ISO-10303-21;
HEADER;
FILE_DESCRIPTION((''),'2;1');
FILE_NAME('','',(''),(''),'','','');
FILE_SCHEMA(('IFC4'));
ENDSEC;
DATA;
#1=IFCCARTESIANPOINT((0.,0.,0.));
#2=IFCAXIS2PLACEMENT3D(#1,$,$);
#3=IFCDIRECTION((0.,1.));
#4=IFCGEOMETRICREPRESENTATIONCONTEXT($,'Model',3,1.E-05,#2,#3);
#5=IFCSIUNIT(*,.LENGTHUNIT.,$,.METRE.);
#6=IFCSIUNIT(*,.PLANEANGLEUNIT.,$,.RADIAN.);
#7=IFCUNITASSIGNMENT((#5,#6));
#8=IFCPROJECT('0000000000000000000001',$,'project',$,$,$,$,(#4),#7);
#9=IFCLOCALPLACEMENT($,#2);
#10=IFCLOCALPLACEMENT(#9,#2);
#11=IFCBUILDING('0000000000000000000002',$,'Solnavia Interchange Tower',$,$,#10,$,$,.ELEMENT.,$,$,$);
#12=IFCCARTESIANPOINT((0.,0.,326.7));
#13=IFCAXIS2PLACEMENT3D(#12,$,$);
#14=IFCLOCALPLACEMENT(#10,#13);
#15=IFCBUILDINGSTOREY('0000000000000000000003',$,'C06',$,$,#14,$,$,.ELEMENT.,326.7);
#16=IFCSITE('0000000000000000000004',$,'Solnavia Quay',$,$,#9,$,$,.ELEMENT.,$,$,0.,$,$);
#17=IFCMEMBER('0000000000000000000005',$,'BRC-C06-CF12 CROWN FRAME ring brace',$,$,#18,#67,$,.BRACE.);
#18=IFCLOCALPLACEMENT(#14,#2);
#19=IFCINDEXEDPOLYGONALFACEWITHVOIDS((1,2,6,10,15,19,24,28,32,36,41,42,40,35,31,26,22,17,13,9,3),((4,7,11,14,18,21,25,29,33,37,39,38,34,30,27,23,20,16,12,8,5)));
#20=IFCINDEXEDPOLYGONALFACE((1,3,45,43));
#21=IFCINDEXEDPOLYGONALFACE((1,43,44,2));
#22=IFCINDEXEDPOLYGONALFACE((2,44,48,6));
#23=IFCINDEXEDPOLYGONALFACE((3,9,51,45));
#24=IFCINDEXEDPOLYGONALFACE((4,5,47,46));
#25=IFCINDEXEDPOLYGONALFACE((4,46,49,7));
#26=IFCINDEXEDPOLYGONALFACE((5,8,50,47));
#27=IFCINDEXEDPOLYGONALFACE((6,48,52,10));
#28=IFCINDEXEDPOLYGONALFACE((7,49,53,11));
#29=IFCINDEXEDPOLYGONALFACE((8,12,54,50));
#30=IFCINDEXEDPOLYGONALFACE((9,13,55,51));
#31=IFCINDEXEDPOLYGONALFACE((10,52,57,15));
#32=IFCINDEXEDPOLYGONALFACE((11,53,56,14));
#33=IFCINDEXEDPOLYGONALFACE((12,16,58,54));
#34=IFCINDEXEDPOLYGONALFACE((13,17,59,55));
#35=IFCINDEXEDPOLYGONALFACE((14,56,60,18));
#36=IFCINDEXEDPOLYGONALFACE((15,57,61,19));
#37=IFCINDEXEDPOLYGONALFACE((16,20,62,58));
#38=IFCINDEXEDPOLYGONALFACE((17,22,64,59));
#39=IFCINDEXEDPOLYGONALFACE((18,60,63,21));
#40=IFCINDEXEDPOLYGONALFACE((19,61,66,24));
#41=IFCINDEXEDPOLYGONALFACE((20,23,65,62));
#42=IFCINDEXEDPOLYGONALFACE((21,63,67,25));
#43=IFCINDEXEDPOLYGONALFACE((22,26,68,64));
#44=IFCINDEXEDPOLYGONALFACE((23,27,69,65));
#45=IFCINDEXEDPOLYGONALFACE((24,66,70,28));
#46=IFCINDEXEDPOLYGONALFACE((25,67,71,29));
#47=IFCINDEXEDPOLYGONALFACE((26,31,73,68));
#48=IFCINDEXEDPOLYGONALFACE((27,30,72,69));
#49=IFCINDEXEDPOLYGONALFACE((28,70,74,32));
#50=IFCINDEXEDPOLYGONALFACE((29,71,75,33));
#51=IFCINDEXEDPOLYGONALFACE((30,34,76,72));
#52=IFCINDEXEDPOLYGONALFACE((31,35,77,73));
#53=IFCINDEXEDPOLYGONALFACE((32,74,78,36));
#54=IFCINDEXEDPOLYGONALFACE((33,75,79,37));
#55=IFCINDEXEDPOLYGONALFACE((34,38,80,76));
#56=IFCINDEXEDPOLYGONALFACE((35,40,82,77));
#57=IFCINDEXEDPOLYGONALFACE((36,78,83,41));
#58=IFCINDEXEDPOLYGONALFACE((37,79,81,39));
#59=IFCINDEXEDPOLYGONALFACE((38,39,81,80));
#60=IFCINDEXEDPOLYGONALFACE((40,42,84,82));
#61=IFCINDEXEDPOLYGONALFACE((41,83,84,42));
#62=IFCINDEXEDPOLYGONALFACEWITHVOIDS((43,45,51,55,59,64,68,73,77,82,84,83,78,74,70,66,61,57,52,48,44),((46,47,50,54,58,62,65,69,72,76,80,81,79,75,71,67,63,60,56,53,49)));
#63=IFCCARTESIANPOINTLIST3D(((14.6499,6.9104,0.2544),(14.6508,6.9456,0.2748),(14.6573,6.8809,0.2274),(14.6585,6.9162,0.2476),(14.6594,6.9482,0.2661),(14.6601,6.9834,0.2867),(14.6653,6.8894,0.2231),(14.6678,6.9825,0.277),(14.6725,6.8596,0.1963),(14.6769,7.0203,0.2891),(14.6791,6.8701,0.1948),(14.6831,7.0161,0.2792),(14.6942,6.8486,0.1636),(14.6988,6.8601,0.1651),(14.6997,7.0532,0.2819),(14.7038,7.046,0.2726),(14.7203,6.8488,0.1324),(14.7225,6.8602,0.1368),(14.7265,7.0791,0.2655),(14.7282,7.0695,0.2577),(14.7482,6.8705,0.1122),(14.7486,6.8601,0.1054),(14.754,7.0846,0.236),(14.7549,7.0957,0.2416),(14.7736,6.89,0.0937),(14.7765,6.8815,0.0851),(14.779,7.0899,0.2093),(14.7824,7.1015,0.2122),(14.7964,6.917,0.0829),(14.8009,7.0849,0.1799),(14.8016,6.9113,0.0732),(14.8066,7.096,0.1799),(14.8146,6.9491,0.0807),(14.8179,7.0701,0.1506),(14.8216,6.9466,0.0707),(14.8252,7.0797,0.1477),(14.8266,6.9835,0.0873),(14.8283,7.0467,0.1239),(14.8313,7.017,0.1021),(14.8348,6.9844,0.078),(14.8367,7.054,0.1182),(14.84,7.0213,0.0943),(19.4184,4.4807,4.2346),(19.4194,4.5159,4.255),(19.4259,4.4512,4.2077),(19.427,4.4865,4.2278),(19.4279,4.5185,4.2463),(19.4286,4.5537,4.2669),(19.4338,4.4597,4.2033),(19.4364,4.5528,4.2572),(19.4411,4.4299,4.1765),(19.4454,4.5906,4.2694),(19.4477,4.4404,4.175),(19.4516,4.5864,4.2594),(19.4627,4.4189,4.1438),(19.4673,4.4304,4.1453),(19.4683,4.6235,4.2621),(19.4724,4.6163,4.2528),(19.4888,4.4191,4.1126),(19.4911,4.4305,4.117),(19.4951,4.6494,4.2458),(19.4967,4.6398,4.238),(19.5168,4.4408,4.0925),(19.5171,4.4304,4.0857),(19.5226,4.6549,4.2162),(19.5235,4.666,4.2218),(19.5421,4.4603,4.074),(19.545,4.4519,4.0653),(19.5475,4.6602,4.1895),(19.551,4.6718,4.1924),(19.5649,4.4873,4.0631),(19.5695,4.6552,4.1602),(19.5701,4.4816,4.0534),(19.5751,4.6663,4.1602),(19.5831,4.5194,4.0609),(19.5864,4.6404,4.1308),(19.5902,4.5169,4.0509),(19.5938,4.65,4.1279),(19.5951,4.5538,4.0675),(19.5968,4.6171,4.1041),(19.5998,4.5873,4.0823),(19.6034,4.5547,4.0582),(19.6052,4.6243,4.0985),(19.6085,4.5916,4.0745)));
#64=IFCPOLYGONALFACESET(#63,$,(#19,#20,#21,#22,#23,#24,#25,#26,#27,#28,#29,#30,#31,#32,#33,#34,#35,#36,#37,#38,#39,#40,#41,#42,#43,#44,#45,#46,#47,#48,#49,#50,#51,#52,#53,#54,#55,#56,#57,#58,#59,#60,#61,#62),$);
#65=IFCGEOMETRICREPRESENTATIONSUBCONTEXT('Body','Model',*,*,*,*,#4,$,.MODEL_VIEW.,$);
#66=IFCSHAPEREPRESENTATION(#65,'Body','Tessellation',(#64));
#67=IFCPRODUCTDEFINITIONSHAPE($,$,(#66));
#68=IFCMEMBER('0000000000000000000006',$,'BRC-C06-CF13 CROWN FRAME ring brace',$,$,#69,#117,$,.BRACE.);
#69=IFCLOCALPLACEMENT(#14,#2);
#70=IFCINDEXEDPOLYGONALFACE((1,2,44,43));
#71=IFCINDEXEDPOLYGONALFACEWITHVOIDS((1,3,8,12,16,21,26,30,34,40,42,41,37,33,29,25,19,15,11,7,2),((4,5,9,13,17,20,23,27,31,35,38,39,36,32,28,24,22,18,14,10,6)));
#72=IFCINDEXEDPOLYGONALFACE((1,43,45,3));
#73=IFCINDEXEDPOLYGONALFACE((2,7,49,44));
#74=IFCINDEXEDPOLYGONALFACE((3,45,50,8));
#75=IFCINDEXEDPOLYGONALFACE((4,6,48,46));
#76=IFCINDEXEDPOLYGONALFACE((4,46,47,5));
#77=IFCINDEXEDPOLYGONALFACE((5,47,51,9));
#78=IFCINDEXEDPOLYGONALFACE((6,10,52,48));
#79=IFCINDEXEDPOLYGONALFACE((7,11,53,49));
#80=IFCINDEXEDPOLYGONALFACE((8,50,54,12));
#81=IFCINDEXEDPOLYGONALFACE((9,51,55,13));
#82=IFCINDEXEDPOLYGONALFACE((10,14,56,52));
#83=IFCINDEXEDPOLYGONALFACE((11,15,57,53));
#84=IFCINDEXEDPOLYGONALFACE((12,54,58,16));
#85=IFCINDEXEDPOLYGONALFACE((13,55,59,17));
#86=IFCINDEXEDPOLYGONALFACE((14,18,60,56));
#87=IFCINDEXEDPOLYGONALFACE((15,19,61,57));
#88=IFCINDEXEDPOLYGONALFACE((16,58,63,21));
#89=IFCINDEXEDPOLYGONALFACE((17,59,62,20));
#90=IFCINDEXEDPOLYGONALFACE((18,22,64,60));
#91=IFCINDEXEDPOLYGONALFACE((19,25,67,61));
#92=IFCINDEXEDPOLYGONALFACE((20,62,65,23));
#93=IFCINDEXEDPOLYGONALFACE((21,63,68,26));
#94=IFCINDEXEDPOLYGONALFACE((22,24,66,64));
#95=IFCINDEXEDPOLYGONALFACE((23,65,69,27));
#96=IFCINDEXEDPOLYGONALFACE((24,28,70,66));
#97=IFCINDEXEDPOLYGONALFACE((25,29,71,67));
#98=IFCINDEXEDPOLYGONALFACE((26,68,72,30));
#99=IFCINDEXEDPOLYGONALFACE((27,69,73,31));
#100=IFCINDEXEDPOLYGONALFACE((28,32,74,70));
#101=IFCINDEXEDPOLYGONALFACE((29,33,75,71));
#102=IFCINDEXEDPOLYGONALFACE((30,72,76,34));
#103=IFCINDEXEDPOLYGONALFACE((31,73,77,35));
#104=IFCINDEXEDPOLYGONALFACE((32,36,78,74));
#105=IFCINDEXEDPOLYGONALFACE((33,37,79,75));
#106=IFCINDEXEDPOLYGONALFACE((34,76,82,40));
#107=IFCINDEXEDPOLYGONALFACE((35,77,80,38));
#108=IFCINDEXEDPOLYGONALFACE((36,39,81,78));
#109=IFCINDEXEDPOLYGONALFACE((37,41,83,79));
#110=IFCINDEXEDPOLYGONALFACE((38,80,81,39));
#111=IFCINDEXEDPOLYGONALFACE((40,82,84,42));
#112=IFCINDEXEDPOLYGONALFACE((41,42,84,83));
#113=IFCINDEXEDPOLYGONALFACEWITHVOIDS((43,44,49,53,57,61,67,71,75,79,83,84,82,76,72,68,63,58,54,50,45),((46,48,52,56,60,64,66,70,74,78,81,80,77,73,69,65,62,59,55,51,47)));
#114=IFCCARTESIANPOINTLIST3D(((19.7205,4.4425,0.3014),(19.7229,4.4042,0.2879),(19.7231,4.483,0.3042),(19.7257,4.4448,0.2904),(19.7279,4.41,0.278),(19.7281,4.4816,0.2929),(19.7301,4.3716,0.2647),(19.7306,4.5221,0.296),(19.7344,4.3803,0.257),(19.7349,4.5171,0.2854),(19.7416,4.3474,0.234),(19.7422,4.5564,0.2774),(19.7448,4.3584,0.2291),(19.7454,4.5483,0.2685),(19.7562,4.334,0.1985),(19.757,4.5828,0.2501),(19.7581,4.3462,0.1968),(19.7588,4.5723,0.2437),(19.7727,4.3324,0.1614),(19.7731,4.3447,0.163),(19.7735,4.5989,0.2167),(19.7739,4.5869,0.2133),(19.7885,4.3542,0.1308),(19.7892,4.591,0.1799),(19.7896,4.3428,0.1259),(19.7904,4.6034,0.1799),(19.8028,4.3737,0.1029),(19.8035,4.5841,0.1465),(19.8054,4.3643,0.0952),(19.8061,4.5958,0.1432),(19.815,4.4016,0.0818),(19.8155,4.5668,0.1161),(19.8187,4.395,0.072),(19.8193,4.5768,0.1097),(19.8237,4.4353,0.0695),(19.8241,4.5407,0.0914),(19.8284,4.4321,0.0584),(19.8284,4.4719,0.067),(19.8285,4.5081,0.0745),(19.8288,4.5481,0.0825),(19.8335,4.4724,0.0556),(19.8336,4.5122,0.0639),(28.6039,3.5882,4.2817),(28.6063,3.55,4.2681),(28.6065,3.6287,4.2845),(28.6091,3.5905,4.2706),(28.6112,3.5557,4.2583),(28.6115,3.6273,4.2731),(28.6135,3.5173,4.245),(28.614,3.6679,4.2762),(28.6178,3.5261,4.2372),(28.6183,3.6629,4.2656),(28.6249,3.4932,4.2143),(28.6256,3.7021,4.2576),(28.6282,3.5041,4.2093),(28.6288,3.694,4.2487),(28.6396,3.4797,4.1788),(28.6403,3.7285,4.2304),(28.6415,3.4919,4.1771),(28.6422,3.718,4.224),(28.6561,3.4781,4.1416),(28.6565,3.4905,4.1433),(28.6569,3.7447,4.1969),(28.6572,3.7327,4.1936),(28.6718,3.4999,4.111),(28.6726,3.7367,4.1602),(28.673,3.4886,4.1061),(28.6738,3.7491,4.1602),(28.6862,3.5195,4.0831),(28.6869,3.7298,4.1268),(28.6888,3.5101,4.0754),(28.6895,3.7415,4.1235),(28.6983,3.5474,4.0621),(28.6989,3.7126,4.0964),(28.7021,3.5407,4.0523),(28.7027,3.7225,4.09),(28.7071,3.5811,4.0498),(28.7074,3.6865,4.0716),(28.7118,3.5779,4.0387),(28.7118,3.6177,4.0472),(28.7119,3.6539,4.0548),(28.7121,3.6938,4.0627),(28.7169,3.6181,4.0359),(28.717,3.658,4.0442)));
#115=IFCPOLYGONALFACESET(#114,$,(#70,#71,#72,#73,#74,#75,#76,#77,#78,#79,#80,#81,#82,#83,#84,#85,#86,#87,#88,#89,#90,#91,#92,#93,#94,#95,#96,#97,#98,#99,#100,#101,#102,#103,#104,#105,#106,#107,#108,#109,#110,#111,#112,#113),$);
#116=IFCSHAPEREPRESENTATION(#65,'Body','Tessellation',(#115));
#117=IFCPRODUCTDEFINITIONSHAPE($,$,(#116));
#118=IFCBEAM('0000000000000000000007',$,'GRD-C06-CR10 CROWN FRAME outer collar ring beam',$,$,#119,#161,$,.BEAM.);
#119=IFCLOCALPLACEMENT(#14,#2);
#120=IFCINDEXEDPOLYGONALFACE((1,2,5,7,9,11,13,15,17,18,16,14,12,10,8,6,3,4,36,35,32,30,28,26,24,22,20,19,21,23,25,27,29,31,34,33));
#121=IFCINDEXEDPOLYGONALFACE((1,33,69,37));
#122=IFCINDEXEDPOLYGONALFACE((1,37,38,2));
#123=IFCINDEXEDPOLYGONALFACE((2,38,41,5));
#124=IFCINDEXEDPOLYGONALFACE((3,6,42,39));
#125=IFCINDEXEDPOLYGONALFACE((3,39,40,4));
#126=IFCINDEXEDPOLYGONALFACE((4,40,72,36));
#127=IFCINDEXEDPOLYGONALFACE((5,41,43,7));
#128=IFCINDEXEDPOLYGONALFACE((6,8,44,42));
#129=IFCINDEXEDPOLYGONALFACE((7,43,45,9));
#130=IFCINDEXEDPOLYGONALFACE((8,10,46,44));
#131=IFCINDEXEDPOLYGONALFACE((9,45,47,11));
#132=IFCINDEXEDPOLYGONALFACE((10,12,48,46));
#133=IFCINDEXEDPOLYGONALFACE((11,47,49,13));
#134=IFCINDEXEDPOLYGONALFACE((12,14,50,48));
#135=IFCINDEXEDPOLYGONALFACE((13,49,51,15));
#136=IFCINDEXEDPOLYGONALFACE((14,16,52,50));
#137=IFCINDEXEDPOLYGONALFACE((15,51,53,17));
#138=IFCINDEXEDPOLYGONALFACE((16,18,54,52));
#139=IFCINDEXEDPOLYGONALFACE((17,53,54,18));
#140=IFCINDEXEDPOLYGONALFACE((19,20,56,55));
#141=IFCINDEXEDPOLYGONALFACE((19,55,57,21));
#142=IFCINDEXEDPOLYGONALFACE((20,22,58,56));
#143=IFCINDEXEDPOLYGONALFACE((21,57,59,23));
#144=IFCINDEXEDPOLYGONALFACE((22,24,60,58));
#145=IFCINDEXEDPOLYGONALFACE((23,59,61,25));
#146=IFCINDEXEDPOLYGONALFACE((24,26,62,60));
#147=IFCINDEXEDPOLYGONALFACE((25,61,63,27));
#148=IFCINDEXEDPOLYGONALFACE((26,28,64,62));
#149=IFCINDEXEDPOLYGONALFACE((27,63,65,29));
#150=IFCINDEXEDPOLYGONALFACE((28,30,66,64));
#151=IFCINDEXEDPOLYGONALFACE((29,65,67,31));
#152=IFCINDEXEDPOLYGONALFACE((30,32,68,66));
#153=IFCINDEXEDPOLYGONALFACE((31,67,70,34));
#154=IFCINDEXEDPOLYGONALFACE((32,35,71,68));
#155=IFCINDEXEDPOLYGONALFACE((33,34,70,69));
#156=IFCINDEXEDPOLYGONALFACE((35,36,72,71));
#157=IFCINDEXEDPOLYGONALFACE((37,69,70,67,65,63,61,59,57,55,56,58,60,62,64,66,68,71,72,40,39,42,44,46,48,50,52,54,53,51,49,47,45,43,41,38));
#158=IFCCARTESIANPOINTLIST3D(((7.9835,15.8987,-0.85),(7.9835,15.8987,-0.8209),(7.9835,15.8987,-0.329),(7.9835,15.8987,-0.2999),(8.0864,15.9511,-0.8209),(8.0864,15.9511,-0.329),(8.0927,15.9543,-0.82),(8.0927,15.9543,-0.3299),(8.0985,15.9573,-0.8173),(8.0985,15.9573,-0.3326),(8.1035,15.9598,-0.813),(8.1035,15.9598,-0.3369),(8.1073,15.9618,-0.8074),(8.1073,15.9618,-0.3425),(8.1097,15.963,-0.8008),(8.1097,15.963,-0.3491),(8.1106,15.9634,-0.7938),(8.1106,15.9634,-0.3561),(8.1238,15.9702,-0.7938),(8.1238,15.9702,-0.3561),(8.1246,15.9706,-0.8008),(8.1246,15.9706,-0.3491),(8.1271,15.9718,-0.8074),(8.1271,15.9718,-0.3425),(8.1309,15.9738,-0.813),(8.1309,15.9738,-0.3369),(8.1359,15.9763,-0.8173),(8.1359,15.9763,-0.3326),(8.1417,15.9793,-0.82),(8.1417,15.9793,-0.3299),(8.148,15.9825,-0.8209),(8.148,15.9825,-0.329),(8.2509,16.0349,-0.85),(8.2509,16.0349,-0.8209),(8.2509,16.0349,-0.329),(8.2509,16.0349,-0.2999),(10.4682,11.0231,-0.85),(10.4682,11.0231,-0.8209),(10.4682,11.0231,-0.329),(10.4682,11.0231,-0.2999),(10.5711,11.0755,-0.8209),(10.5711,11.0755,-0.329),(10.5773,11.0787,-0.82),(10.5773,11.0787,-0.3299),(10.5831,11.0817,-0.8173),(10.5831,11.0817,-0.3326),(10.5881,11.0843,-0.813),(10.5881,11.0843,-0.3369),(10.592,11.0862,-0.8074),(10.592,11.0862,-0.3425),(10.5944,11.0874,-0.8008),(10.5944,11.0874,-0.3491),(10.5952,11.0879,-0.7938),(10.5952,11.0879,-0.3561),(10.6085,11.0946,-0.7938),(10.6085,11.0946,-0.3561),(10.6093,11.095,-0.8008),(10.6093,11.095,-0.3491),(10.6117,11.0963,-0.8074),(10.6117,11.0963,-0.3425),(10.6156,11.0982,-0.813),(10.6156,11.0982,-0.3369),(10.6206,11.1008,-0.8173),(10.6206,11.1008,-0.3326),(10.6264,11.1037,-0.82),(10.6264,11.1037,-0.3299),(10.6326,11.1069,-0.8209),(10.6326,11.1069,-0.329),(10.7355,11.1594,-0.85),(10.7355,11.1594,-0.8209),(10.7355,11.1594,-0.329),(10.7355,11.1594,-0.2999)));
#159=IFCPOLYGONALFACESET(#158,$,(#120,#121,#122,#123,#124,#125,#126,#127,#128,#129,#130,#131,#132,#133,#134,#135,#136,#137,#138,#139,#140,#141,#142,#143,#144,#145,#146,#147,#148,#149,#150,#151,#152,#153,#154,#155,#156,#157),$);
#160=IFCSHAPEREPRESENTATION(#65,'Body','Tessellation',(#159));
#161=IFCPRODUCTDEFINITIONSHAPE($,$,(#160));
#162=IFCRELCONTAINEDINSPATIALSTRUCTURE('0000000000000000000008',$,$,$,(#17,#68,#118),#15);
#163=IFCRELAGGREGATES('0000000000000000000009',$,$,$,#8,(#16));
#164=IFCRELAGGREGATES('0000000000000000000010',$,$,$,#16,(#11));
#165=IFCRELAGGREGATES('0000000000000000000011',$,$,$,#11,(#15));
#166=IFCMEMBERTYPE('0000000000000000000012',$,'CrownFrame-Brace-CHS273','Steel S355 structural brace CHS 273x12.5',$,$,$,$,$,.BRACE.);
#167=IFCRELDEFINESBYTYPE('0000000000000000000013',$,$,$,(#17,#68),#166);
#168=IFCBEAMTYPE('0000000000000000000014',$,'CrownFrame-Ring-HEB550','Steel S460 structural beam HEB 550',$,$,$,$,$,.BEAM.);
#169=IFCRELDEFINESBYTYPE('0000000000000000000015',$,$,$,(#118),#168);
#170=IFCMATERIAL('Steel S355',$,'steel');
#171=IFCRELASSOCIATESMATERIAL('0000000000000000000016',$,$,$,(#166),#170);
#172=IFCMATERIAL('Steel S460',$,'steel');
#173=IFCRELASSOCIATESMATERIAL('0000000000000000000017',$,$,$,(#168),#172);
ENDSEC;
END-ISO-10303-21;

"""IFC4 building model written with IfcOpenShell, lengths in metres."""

from ifc_helpers import new_model, si_unit, direction, frame, origin, origin_2d, place, context, subcontext, project, spatial, hollow_circle, i_section, extrude, material, material_profile, profile_set, type_object, element, save


model = new_model("IFC4")

# Units and contexts
model_context = context("Model", 3, precision=1e-05, world=origin(), true_north=direction((0.0, 1.0)))
body_context = subcontext(model_context, "Body", "Model", "MODEL_VIEW")
ifc_project = project(units=[si_unit("LENGTHUNIT", "METRE"), si_unit("PLANEANGLEUNIT", "RADIAN")], contexts=[model_context])

# Site, building, storey
site_placement = place(None, origin())
site = spatial("IfcSite", under=ifc_project, at=site_placement, Name="Solnavia Quay", CompositionType="ELEMENT", RefElevation=0.0)
building_placement = place(site_placement, origin())
building = spatial("IfcBuilding", under=site, at=building_placement, Name="Solnavia Interchange Tower", CompositionType="ELEMENT")
storey_placement = place(building_placement, frame((0.0, 0.0, 326.7)))
storey = spatial("IfcBuildingStorey", under=building, at=storey_placement, Name="C06", CompositionType="ELEMENT", Elevation=326.7)

# Shared definitions
ifc_material_1 = material(Name="Steel S460", Category="steel")

# Members
ifc_material_2 = material(Name="Steel S355", Category="steel")
ifc_material_profile_1 = material_profile(ifc_material_2, hollow_circle(Radius=0.1365, WallThickness=0.0125, at=origin_2d()), Name="CHS 273x12.5")
ifc_profile_set_1 = profile_set([ifc_material_profile_1], Name="Steel S355")
member_type = type_object("IfcMemberType", Name="CrownFrame-Brace-CHS273", Description="Steel S355 structural brace CHS 273x12.5", PredefinedType="BRACE", material=ifc_profile_set_1)
member_1_placement = place(storey_placement, frame((14.7446, 6.9744, 0.1799), z_axis=(0.71496, -0.364288, 0.596764), x_axis=(0.453989, 0.891007, 0.0)))
element("IfcMember", 1, at=member_1_placement, inside=storey, type_object=member_type, Name="BRC-C06-CF12 CROWN FRAME ring brace", PredefinedType="BRACE", context=body_context, shape_type="SweptSolid", body=[
    extrude(hollow_circle(Radius=0.1365, WallThickness=0.0125, at=origin_2d()), origin(), (0.0, 0.0, 1.0), 6.6697),
])
member_2_placement = place(storey_placement, frame((19.7773, 4.4675, 0.1799), z_axis=(0.90909, -0.087421, 0.407324), x_axis=(0.095722, 0.995408, 0.0)))
element("IfcMember", 2, at=member_2_placement, inside=storey, type_object=member_type, Name="BRC-C06-CF13 CROWN FRAME ring brace", PredefinedType="BRACE", context=body_context, shape_type="SweptSolid", body=[
    extrude(hollow_circle(Radius=0.1365, WallThickness=0.0125, at=origin_2d()), origin(), (0.0, 0.0, 1.0), 9.7717),
])

# Beam
ifc_material_profile_2 = material_profile(ifc_material_1, i_section(OverallWidth=0.3, OverallDepth=0.55, WebThickness=0.0149, FlangeThickness=0.0291, FilletRadius=0.0271, at=origin_2d()), Name="HEB 550")
ifc_profile_set_2 = profile_set([ifc_material_profile_2], Name="Steel S460")
beam_type = type_object("IfcBeamType", Name="CrownFrame-Ring-HEB550", Description="Steel S460 structural beam HEB 550", PredefinedType="BEAM", material=ifc_profile_set_2)
beam_1_placement = place(storey_placement, frame((8.1172, 15.9668, -0.575), z_axis=(0.454053, -0.890974, 0.0), x_axis=(0.890974, 0.454053, 0.0)))
element("IfcBeam", 3, at=beam_1_placement, inside=storey, type_object=beam_type, Name="GRD-C06-CR10 CROWN FRAME outer collar ring beam", PredefinedType="BEAM", context=body_context, shape_type="SweptSolid", body=[
    extrude(i_section(OverallWidth=0.3, OverallDepth=0.55, WebThickness=0.0149, FlangeThickness=0.0291, FilletRadius=0.0271, at=origin_2d()), origin(), (0.0, 0.0, 1.0), 5.4722),
])

save(model, "model.ifc")
